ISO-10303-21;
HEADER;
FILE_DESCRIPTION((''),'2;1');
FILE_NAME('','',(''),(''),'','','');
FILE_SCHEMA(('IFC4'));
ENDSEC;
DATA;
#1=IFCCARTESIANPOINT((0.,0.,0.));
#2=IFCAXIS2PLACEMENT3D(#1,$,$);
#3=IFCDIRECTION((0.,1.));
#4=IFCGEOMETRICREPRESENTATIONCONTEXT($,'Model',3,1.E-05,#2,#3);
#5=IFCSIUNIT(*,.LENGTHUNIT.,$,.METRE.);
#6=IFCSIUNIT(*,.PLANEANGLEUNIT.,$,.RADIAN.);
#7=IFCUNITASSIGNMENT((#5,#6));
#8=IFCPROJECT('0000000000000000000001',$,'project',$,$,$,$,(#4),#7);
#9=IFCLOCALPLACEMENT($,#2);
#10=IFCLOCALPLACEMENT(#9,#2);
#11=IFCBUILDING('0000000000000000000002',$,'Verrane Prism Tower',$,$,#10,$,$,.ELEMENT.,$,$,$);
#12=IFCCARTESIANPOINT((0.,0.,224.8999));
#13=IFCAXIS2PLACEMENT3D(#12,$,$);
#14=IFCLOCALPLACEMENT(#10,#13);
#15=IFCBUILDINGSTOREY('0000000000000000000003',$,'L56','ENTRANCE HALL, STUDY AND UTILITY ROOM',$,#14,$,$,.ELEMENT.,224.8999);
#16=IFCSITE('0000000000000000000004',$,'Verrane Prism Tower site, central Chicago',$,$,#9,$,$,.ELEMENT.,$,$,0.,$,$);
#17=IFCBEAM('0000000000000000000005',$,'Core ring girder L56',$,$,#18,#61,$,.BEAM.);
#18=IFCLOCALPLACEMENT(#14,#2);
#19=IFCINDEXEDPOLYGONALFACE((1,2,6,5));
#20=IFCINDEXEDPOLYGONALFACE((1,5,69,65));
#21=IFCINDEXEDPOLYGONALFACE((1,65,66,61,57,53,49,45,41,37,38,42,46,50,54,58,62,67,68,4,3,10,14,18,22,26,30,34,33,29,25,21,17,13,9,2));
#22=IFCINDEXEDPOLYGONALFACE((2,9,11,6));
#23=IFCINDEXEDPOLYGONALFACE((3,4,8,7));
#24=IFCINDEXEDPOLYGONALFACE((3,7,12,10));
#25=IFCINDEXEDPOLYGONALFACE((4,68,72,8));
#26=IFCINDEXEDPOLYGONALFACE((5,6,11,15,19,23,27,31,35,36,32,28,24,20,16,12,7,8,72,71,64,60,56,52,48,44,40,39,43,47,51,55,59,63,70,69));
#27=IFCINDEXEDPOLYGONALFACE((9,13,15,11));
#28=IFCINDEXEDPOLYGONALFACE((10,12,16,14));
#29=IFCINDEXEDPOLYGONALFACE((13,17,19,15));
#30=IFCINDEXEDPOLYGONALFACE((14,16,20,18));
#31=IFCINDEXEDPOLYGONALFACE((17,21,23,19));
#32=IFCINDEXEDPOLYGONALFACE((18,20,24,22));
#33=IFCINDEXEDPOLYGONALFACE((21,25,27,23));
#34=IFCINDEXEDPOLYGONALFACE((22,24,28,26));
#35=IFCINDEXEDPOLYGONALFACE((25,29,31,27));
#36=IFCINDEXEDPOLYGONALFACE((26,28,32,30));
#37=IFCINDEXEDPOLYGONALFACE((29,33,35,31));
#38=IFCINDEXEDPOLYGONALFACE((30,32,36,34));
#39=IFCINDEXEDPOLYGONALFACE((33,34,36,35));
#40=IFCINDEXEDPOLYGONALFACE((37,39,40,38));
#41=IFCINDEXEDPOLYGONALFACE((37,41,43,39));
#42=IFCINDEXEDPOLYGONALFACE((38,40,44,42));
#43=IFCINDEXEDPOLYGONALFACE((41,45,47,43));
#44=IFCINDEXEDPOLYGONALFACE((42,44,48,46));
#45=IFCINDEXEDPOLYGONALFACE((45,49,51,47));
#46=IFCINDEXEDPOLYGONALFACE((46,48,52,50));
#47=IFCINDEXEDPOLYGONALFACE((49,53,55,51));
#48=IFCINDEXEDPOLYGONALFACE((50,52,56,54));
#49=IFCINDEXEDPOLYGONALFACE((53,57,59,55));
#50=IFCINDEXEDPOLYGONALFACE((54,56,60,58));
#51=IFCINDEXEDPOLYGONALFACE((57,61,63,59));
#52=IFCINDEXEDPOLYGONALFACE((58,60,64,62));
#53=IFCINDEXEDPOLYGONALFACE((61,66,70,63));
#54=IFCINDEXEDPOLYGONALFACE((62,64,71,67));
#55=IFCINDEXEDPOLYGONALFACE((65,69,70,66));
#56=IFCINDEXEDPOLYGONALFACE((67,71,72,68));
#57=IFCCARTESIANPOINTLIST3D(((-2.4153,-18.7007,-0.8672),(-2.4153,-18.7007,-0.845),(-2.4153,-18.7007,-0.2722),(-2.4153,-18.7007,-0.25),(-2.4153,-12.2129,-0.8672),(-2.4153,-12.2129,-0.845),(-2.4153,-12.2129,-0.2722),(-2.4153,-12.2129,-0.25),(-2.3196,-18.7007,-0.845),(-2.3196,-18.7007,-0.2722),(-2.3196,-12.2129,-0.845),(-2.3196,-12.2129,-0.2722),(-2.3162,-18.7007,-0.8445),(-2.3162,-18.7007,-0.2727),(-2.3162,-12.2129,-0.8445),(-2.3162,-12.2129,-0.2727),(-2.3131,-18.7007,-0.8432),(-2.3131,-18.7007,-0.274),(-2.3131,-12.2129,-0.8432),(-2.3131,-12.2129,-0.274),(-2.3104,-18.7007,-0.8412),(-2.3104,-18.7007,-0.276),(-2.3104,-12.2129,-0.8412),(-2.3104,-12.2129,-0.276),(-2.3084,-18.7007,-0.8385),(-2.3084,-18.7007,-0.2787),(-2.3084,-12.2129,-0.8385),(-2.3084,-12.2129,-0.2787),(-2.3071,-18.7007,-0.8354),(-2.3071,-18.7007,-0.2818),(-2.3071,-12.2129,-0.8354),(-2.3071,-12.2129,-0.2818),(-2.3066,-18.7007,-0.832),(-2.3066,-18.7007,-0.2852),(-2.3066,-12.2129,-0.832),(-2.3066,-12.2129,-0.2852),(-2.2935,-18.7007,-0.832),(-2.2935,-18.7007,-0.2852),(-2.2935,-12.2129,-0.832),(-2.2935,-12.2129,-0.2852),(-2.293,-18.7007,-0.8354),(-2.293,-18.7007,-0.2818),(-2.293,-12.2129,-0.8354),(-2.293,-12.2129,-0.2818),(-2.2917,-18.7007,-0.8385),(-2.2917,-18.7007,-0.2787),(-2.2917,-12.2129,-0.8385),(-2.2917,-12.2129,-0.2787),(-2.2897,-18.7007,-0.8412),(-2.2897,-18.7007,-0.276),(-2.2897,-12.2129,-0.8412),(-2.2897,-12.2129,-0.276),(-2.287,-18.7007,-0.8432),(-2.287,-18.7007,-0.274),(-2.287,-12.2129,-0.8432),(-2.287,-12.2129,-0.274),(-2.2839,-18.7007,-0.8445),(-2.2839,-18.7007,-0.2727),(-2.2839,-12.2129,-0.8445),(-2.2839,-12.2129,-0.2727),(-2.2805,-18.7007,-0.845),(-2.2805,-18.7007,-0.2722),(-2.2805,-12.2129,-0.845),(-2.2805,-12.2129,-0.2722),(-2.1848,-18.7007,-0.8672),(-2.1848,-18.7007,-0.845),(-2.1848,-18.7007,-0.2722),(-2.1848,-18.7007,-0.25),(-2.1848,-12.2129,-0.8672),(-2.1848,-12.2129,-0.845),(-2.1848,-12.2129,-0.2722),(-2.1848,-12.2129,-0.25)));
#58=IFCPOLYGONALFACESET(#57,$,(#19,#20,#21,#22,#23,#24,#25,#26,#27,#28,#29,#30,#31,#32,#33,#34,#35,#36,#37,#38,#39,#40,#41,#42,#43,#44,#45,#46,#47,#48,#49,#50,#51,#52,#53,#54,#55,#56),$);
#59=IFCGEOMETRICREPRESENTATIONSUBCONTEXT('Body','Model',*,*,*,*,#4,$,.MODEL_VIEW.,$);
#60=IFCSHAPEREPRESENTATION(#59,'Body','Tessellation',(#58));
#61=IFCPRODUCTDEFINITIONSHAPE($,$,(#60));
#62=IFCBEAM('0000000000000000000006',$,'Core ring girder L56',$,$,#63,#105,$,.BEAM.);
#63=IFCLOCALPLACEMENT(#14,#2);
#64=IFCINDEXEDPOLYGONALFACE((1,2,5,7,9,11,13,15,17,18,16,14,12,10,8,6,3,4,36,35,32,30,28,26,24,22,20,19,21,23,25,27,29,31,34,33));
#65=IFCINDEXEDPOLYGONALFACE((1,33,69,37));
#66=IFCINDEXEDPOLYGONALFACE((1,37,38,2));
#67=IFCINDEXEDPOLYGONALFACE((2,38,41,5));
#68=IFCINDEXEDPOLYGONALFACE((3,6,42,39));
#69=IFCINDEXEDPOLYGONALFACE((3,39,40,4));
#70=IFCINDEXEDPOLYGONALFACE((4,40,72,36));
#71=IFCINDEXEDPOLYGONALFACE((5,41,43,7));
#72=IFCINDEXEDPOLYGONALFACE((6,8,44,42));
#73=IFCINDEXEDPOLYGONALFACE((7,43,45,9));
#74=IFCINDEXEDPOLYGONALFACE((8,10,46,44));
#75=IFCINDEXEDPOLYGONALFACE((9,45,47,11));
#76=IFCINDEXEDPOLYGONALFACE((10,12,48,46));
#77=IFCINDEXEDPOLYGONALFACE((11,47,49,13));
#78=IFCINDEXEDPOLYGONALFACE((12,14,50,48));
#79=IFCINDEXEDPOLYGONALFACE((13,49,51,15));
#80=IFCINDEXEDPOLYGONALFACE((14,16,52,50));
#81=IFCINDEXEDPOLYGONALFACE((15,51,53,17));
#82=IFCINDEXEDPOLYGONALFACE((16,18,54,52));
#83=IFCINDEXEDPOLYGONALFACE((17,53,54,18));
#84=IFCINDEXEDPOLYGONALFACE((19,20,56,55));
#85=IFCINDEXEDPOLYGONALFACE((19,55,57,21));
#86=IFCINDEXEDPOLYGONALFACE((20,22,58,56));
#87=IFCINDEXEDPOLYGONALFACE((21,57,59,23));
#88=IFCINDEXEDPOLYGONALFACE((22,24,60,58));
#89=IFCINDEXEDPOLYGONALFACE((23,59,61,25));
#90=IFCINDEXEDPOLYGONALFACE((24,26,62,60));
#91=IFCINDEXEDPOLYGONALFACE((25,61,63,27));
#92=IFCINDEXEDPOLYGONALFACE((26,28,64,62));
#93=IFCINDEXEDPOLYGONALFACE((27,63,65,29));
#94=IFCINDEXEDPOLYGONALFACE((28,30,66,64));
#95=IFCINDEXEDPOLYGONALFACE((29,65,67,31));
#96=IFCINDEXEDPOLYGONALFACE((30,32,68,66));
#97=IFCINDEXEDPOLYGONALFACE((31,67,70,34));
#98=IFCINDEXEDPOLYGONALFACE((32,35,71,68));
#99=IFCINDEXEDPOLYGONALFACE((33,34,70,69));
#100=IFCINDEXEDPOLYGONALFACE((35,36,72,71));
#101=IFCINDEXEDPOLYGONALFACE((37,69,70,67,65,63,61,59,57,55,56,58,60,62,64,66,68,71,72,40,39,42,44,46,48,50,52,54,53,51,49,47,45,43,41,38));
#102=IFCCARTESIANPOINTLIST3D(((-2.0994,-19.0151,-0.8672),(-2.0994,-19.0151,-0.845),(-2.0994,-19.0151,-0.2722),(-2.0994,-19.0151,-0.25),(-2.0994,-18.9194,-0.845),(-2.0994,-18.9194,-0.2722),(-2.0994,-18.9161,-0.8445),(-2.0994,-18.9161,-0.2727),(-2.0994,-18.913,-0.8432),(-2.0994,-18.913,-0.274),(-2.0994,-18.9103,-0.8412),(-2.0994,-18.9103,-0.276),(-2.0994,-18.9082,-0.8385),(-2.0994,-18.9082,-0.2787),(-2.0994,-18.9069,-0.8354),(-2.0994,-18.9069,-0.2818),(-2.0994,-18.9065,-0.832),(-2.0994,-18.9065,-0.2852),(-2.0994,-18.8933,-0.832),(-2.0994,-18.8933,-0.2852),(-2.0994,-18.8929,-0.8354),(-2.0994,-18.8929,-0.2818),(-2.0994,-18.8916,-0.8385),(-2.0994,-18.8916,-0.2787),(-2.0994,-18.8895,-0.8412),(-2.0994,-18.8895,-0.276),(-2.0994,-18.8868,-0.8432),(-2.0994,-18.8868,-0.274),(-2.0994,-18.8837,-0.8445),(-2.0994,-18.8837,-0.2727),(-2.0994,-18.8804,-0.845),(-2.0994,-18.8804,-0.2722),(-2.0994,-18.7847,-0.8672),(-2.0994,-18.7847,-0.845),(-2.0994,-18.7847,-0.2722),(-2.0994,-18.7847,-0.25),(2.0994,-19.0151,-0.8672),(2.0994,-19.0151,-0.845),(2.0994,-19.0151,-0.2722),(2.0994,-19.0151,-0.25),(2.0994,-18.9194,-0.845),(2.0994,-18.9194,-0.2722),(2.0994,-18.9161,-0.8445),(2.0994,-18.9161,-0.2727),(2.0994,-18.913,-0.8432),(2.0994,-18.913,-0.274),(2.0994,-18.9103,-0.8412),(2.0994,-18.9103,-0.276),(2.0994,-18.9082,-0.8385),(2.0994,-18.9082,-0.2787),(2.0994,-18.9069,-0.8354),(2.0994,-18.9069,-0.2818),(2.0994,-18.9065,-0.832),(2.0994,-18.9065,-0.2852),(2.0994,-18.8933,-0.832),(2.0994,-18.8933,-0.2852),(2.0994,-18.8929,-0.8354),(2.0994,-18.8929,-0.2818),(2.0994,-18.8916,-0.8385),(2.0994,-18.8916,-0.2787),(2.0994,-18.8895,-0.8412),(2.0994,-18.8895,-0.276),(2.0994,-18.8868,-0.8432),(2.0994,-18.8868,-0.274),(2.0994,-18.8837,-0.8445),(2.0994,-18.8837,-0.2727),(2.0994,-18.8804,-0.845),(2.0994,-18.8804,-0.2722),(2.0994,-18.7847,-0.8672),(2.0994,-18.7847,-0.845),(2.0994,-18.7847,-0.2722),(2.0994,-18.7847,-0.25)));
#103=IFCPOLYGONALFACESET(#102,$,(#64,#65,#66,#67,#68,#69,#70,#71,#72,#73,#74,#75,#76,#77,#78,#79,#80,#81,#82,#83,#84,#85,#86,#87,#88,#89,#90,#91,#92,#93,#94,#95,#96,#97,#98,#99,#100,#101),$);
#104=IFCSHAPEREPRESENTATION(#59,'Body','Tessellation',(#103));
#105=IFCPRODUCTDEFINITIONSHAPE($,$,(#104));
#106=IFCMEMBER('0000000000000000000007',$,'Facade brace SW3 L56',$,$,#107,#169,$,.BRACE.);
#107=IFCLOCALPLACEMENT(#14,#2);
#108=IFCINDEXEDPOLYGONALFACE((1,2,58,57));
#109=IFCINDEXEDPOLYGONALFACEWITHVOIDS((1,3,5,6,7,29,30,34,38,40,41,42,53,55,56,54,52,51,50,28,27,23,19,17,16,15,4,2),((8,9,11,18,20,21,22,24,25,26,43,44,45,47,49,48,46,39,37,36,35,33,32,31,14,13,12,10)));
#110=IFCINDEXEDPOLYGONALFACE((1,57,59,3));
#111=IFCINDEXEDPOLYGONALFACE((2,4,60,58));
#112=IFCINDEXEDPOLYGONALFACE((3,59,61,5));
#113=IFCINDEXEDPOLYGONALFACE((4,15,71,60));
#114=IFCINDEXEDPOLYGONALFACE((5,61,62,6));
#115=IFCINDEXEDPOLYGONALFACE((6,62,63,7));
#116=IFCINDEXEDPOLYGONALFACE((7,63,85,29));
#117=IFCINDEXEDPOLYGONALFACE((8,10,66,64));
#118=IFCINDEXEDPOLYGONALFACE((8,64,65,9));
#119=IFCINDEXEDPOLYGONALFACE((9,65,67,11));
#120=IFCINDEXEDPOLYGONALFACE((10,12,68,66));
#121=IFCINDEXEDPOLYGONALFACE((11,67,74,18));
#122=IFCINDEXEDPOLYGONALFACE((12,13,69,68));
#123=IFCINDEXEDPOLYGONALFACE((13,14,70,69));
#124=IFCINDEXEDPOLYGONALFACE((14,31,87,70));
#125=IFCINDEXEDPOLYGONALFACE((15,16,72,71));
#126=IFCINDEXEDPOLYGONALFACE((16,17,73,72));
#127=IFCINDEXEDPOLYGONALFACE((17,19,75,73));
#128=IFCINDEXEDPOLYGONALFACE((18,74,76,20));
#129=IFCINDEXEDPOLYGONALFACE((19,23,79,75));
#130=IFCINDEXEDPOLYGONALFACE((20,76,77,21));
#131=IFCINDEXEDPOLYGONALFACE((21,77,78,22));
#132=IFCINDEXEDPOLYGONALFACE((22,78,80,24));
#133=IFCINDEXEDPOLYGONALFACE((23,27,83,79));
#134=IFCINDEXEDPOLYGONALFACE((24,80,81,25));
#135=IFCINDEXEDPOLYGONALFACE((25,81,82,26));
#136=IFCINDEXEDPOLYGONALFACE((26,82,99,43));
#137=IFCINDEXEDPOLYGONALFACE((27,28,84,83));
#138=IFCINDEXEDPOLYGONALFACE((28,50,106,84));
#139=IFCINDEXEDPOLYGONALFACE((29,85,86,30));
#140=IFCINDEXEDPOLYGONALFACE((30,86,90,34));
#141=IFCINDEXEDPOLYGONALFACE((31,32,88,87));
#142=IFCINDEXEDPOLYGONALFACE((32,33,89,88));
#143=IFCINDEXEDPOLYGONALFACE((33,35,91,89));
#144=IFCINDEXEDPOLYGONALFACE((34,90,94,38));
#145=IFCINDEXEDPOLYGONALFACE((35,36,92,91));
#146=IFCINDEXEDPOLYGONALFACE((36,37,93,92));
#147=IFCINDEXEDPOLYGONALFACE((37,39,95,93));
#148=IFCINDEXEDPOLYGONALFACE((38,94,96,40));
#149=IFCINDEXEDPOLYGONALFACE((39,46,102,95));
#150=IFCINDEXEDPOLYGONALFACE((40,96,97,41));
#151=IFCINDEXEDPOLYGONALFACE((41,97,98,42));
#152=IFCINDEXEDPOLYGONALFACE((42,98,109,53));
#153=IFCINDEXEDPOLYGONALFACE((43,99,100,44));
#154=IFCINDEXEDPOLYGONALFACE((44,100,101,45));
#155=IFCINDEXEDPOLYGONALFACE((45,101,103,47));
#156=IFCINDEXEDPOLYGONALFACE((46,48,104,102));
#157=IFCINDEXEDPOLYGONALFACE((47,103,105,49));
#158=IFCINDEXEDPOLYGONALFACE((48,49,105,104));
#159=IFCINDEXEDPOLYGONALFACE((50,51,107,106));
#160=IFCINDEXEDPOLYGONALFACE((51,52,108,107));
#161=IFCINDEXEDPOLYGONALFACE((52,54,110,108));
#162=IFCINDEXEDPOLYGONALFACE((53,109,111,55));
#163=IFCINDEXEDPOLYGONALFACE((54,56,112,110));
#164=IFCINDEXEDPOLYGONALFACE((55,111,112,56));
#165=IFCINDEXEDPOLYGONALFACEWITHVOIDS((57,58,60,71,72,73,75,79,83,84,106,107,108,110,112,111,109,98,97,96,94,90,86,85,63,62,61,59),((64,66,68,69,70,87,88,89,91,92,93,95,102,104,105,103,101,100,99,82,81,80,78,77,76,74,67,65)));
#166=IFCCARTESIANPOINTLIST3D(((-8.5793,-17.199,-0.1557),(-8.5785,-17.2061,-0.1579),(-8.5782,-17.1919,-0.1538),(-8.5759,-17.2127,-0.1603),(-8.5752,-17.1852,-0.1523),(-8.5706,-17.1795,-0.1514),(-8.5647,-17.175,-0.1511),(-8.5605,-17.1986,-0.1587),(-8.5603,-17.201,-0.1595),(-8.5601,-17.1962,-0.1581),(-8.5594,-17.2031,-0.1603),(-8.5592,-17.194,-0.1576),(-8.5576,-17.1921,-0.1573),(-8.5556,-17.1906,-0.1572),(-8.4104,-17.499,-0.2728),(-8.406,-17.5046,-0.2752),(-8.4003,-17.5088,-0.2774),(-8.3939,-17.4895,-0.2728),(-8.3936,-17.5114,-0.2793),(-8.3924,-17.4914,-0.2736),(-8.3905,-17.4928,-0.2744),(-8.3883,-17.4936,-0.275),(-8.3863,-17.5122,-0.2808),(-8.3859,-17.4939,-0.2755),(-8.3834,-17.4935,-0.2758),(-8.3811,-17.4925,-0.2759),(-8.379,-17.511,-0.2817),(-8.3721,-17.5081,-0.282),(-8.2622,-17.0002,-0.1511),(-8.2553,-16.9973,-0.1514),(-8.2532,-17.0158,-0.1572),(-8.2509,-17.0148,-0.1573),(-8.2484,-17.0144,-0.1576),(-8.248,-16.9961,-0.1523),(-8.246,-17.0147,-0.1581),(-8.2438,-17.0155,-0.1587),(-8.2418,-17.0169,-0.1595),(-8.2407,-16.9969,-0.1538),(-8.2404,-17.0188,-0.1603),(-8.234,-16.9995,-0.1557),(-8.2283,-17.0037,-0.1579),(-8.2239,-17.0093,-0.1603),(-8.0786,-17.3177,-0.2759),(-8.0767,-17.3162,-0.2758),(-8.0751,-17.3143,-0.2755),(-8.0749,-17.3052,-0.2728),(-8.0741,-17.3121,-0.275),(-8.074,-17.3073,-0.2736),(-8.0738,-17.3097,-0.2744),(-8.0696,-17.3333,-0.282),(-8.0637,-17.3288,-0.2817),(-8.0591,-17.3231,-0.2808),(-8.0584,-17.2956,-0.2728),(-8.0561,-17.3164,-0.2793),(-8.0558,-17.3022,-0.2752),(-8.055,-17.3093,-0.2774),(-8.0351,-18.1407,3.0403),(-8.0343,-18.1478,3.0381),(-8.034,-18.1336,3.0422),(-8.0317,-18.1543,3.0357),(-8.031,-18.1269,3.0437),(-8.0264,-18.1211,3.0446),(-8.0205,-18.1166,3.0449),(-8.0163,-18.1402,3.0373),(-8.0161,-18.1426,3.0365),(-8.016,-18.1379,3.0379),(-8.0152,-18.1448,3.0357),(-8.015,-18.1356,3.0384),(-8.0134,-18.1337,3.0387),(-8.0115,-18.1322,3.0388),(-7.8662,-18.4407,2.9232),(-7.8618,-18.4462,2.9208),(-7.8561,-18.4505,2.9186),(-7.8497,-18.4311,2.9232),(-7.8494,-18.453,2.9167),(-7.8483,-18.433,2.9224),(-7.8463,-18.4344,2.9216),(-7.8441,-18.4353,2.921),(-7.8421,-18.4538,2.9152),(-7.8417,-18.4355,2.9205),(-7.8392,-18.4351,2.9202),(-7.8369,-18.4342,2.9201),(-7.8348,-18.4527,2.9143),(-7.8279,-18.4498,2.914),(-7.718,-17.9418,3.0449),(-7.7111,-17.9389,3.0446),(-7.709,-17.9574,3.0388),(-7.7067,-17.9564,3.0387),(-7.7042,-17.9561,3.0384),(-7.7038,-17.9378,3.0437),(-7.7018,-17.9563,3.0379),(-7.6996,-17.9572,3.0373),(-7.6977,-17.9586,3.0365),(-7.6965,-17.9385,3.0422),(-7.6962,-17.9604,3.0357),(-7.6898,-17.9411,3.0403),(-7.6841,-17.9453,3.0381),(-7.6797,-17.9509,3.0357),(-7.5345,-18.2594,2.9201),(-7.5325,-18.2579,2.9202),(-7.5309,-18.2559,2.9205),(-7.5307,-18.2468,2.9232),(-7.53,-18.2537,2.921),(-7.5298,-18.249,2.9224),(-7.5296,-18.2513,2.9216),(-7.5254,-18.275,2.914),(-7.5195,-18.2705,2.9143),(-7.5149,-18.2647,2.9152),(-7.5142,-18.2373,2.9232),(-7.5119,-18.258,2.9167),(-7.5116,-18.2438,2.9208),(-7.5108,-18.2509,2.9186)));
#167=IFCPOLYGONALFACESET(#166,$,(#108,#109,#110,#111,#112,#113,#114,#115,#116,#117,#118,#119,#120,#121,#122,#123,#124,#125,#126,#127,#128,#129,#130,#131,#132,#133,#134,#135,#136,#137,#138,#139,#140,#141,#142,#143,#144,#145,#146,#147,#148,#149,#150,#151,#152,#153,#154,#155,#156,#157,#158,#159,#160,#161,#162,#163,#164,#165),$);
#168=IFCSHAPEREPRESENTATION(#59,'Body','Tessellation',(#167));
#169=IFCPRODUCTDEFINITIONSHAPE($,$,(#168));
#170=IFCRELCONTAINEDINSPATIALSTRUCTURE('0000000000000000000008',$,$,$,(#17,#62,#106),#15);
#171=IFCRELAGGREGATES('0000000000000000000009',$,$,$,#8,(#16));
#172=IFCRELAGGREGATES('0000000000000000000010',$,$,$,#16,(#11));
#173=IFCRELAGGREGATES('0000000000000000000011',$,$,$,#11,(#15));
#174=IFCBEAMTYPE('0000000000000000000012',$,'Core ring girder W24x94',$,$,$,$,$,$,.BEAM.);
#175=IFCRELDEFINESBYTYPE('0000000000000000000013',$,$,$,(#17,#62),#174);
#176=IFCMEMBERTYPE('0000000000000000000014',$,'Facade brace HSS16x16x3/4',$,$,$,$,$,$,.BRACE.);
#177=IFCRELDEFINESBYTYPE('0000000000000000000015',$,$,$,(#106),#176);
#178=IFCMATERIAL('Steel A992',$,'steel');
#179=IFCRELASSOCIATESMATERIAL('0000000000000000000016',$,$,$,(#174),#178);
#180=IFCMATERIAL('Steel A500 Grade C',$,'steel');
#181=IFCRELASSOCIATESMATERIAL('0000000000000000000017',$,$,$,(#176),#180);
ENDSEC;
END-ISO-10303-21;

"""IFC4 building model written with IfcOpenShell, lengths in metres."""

from ifc_helpers import new_model, si_unit, direction, frame, origin, origin_2d, place, context, subcontext, project, spatial, hollow_rectangle, i_section, extrude, material, material_profile, profile_set, type_object, element, save


model = new_model("IFC4")

# Units and contexts
model_context = context("Model", 3, precision=1e-05, world=origin(), true_north=direction((0.0, 1.0)))
body_context = subcontext(model_context, "Body", "Model", "MODEL_VIEW")
ifc_project = project(units=[si_unit("LENGTHUNIT", "METRE"), si_unit("PLANEANGLEUNIT", "RADIAN")], contexts=[model_context])

# Site, building, storey
site_placement = place(None, origin())
site = spatial("IfcSite", under=ifc_project, at=site_placement, Name="Verrane Prism Tower site, central Chicago", CompositionType="ELEMENT", RefElevation=0.0)
building_placement = place(site_placement, origin())
building = spatial("IfcBuilding", under=site, at=building_placement, Name="Verrane Prism Tower", CompositionType="ELEMENT")
storey_placement = place(building_placement, frame((0.0, 0.0, 224.8999)))
storey = spatial("IfcBuildingStorey", under=building, at=storey_placement, Name="L56", Description="ENTRANCE HALL, STUDY AND UTILITY ROOM", CompositionType="ELEMENT", Elevation=224.8999)

# Beams
ifc_material_1 = material(Name="Steel A992", Category="steel")
ifc_material_profile_1 = material_profile(ifc_material_1, i_section(OverallWidth=0.2305, OverallDepth=0.6172, WebThickness=0.0132, FlangeThickness=0.0222, FilletRadius=0.0129, at=origin_2d()), Name="W24x94")
ifc_profile_set_1 = profile_set([ifc_material_profile_1], Name="Steel A992")
beam_type_1 = type_object("IfcBeamType", Name="Core ring girder W24x94", PredefinedType="BEAM", material=ifc_profile_set_1)
beam_1_placement = place(storey_placement, frame((-2.3, -12.2129, -0.5586), z_axis=(0.0, -1.0, 0.0), x_axis=(1.0, 0.0, 0.0)))
element("IfcBeam", 1, at=beam_1_placement, inside=storey, type_object=beam_type_1, Name="Core ring girder L56", PredefinedType="BEAM", context=body_context, shape_type="SweptSolid", body=[
    extrude(i_section(OverallWidth=0.2305, OverallDepth=0.6172, WebThickness=0.0132, FlangeThickness=0.0222, FilletRadius=0.0129, at=origin_2d()), origin(), (0.0, 0.0, 1.0), 6.4878),
])
beam_2_placement = place(storey_placement, frame((-2.0994, -18.8999, -0.5586), z_axis=(1.0, 0.0, 0.0), x_axis=(0.0, 1.0, 0.0)))
element("IfcBeam", 2, at=beam_2_placement, inside=storey, type_object=beam_type_1, Name="Core ring girder L56", PredefinedType="BEAM", context=body_context, shape_type="SweptSolid", body=[
    extrude(i_section(OverallWidth=0.2305, OverallDepth=0.6172, WebThickness=0.0132, FlangeThickness=0.0222, FilletRadius=0.0129, at=origin_2d()), origin(), (0.0, 0.0, 1.0), 4.1987),
])

# Member
ifc_material_2 = material(Name="Steel A500 Grade C", Category="steel")
ifc_material_profile_2 = material_profile(ifc_material_2, hollow_rectangle(XDim=0.4065, YDim=0.4065, WallThickness=0.019, InnerFilletRadius=0.0095, OuterFilletRadius=0.0286, at=origin_2d()), Name="HSS16x16x3/4")
ifc_profile_set_2 = profile_set([ifc_material_profile_2], Name="Steel A500 Grade C")
member_type_1 = type_object("IfcMemberType", Name="Facade brace HSS16x16x3/4", PredefinedType="BRACE", material=ifc_profile_set_2)
member_1_placement = place(storey_placement, frame((-8.3171, -17.2542, -0.2166), z_axis=(0.161192, -0.278923, 0.946689), x_axis=(0.865815, 0.500364, 0.0)))
element("IfcMember", 3, at=member_1_placement, inside=storey, type_object=member_type_1, Name="Facade brace SW3 L56", PredefinedType="BRACE", context=body_context, shape_type="SweptSolid", body=[
    extrude(hollow_rectangle(XDim=0.4065, YDim=0.4065, WallThickness=0.019, InnerFilletRadius=0.0095, OuterFilletRadius=0.0286, at=origin_2d()), origin(), (0.0, 0.0, 1.0), 3.376),
])

save(model, "model.ifc")
